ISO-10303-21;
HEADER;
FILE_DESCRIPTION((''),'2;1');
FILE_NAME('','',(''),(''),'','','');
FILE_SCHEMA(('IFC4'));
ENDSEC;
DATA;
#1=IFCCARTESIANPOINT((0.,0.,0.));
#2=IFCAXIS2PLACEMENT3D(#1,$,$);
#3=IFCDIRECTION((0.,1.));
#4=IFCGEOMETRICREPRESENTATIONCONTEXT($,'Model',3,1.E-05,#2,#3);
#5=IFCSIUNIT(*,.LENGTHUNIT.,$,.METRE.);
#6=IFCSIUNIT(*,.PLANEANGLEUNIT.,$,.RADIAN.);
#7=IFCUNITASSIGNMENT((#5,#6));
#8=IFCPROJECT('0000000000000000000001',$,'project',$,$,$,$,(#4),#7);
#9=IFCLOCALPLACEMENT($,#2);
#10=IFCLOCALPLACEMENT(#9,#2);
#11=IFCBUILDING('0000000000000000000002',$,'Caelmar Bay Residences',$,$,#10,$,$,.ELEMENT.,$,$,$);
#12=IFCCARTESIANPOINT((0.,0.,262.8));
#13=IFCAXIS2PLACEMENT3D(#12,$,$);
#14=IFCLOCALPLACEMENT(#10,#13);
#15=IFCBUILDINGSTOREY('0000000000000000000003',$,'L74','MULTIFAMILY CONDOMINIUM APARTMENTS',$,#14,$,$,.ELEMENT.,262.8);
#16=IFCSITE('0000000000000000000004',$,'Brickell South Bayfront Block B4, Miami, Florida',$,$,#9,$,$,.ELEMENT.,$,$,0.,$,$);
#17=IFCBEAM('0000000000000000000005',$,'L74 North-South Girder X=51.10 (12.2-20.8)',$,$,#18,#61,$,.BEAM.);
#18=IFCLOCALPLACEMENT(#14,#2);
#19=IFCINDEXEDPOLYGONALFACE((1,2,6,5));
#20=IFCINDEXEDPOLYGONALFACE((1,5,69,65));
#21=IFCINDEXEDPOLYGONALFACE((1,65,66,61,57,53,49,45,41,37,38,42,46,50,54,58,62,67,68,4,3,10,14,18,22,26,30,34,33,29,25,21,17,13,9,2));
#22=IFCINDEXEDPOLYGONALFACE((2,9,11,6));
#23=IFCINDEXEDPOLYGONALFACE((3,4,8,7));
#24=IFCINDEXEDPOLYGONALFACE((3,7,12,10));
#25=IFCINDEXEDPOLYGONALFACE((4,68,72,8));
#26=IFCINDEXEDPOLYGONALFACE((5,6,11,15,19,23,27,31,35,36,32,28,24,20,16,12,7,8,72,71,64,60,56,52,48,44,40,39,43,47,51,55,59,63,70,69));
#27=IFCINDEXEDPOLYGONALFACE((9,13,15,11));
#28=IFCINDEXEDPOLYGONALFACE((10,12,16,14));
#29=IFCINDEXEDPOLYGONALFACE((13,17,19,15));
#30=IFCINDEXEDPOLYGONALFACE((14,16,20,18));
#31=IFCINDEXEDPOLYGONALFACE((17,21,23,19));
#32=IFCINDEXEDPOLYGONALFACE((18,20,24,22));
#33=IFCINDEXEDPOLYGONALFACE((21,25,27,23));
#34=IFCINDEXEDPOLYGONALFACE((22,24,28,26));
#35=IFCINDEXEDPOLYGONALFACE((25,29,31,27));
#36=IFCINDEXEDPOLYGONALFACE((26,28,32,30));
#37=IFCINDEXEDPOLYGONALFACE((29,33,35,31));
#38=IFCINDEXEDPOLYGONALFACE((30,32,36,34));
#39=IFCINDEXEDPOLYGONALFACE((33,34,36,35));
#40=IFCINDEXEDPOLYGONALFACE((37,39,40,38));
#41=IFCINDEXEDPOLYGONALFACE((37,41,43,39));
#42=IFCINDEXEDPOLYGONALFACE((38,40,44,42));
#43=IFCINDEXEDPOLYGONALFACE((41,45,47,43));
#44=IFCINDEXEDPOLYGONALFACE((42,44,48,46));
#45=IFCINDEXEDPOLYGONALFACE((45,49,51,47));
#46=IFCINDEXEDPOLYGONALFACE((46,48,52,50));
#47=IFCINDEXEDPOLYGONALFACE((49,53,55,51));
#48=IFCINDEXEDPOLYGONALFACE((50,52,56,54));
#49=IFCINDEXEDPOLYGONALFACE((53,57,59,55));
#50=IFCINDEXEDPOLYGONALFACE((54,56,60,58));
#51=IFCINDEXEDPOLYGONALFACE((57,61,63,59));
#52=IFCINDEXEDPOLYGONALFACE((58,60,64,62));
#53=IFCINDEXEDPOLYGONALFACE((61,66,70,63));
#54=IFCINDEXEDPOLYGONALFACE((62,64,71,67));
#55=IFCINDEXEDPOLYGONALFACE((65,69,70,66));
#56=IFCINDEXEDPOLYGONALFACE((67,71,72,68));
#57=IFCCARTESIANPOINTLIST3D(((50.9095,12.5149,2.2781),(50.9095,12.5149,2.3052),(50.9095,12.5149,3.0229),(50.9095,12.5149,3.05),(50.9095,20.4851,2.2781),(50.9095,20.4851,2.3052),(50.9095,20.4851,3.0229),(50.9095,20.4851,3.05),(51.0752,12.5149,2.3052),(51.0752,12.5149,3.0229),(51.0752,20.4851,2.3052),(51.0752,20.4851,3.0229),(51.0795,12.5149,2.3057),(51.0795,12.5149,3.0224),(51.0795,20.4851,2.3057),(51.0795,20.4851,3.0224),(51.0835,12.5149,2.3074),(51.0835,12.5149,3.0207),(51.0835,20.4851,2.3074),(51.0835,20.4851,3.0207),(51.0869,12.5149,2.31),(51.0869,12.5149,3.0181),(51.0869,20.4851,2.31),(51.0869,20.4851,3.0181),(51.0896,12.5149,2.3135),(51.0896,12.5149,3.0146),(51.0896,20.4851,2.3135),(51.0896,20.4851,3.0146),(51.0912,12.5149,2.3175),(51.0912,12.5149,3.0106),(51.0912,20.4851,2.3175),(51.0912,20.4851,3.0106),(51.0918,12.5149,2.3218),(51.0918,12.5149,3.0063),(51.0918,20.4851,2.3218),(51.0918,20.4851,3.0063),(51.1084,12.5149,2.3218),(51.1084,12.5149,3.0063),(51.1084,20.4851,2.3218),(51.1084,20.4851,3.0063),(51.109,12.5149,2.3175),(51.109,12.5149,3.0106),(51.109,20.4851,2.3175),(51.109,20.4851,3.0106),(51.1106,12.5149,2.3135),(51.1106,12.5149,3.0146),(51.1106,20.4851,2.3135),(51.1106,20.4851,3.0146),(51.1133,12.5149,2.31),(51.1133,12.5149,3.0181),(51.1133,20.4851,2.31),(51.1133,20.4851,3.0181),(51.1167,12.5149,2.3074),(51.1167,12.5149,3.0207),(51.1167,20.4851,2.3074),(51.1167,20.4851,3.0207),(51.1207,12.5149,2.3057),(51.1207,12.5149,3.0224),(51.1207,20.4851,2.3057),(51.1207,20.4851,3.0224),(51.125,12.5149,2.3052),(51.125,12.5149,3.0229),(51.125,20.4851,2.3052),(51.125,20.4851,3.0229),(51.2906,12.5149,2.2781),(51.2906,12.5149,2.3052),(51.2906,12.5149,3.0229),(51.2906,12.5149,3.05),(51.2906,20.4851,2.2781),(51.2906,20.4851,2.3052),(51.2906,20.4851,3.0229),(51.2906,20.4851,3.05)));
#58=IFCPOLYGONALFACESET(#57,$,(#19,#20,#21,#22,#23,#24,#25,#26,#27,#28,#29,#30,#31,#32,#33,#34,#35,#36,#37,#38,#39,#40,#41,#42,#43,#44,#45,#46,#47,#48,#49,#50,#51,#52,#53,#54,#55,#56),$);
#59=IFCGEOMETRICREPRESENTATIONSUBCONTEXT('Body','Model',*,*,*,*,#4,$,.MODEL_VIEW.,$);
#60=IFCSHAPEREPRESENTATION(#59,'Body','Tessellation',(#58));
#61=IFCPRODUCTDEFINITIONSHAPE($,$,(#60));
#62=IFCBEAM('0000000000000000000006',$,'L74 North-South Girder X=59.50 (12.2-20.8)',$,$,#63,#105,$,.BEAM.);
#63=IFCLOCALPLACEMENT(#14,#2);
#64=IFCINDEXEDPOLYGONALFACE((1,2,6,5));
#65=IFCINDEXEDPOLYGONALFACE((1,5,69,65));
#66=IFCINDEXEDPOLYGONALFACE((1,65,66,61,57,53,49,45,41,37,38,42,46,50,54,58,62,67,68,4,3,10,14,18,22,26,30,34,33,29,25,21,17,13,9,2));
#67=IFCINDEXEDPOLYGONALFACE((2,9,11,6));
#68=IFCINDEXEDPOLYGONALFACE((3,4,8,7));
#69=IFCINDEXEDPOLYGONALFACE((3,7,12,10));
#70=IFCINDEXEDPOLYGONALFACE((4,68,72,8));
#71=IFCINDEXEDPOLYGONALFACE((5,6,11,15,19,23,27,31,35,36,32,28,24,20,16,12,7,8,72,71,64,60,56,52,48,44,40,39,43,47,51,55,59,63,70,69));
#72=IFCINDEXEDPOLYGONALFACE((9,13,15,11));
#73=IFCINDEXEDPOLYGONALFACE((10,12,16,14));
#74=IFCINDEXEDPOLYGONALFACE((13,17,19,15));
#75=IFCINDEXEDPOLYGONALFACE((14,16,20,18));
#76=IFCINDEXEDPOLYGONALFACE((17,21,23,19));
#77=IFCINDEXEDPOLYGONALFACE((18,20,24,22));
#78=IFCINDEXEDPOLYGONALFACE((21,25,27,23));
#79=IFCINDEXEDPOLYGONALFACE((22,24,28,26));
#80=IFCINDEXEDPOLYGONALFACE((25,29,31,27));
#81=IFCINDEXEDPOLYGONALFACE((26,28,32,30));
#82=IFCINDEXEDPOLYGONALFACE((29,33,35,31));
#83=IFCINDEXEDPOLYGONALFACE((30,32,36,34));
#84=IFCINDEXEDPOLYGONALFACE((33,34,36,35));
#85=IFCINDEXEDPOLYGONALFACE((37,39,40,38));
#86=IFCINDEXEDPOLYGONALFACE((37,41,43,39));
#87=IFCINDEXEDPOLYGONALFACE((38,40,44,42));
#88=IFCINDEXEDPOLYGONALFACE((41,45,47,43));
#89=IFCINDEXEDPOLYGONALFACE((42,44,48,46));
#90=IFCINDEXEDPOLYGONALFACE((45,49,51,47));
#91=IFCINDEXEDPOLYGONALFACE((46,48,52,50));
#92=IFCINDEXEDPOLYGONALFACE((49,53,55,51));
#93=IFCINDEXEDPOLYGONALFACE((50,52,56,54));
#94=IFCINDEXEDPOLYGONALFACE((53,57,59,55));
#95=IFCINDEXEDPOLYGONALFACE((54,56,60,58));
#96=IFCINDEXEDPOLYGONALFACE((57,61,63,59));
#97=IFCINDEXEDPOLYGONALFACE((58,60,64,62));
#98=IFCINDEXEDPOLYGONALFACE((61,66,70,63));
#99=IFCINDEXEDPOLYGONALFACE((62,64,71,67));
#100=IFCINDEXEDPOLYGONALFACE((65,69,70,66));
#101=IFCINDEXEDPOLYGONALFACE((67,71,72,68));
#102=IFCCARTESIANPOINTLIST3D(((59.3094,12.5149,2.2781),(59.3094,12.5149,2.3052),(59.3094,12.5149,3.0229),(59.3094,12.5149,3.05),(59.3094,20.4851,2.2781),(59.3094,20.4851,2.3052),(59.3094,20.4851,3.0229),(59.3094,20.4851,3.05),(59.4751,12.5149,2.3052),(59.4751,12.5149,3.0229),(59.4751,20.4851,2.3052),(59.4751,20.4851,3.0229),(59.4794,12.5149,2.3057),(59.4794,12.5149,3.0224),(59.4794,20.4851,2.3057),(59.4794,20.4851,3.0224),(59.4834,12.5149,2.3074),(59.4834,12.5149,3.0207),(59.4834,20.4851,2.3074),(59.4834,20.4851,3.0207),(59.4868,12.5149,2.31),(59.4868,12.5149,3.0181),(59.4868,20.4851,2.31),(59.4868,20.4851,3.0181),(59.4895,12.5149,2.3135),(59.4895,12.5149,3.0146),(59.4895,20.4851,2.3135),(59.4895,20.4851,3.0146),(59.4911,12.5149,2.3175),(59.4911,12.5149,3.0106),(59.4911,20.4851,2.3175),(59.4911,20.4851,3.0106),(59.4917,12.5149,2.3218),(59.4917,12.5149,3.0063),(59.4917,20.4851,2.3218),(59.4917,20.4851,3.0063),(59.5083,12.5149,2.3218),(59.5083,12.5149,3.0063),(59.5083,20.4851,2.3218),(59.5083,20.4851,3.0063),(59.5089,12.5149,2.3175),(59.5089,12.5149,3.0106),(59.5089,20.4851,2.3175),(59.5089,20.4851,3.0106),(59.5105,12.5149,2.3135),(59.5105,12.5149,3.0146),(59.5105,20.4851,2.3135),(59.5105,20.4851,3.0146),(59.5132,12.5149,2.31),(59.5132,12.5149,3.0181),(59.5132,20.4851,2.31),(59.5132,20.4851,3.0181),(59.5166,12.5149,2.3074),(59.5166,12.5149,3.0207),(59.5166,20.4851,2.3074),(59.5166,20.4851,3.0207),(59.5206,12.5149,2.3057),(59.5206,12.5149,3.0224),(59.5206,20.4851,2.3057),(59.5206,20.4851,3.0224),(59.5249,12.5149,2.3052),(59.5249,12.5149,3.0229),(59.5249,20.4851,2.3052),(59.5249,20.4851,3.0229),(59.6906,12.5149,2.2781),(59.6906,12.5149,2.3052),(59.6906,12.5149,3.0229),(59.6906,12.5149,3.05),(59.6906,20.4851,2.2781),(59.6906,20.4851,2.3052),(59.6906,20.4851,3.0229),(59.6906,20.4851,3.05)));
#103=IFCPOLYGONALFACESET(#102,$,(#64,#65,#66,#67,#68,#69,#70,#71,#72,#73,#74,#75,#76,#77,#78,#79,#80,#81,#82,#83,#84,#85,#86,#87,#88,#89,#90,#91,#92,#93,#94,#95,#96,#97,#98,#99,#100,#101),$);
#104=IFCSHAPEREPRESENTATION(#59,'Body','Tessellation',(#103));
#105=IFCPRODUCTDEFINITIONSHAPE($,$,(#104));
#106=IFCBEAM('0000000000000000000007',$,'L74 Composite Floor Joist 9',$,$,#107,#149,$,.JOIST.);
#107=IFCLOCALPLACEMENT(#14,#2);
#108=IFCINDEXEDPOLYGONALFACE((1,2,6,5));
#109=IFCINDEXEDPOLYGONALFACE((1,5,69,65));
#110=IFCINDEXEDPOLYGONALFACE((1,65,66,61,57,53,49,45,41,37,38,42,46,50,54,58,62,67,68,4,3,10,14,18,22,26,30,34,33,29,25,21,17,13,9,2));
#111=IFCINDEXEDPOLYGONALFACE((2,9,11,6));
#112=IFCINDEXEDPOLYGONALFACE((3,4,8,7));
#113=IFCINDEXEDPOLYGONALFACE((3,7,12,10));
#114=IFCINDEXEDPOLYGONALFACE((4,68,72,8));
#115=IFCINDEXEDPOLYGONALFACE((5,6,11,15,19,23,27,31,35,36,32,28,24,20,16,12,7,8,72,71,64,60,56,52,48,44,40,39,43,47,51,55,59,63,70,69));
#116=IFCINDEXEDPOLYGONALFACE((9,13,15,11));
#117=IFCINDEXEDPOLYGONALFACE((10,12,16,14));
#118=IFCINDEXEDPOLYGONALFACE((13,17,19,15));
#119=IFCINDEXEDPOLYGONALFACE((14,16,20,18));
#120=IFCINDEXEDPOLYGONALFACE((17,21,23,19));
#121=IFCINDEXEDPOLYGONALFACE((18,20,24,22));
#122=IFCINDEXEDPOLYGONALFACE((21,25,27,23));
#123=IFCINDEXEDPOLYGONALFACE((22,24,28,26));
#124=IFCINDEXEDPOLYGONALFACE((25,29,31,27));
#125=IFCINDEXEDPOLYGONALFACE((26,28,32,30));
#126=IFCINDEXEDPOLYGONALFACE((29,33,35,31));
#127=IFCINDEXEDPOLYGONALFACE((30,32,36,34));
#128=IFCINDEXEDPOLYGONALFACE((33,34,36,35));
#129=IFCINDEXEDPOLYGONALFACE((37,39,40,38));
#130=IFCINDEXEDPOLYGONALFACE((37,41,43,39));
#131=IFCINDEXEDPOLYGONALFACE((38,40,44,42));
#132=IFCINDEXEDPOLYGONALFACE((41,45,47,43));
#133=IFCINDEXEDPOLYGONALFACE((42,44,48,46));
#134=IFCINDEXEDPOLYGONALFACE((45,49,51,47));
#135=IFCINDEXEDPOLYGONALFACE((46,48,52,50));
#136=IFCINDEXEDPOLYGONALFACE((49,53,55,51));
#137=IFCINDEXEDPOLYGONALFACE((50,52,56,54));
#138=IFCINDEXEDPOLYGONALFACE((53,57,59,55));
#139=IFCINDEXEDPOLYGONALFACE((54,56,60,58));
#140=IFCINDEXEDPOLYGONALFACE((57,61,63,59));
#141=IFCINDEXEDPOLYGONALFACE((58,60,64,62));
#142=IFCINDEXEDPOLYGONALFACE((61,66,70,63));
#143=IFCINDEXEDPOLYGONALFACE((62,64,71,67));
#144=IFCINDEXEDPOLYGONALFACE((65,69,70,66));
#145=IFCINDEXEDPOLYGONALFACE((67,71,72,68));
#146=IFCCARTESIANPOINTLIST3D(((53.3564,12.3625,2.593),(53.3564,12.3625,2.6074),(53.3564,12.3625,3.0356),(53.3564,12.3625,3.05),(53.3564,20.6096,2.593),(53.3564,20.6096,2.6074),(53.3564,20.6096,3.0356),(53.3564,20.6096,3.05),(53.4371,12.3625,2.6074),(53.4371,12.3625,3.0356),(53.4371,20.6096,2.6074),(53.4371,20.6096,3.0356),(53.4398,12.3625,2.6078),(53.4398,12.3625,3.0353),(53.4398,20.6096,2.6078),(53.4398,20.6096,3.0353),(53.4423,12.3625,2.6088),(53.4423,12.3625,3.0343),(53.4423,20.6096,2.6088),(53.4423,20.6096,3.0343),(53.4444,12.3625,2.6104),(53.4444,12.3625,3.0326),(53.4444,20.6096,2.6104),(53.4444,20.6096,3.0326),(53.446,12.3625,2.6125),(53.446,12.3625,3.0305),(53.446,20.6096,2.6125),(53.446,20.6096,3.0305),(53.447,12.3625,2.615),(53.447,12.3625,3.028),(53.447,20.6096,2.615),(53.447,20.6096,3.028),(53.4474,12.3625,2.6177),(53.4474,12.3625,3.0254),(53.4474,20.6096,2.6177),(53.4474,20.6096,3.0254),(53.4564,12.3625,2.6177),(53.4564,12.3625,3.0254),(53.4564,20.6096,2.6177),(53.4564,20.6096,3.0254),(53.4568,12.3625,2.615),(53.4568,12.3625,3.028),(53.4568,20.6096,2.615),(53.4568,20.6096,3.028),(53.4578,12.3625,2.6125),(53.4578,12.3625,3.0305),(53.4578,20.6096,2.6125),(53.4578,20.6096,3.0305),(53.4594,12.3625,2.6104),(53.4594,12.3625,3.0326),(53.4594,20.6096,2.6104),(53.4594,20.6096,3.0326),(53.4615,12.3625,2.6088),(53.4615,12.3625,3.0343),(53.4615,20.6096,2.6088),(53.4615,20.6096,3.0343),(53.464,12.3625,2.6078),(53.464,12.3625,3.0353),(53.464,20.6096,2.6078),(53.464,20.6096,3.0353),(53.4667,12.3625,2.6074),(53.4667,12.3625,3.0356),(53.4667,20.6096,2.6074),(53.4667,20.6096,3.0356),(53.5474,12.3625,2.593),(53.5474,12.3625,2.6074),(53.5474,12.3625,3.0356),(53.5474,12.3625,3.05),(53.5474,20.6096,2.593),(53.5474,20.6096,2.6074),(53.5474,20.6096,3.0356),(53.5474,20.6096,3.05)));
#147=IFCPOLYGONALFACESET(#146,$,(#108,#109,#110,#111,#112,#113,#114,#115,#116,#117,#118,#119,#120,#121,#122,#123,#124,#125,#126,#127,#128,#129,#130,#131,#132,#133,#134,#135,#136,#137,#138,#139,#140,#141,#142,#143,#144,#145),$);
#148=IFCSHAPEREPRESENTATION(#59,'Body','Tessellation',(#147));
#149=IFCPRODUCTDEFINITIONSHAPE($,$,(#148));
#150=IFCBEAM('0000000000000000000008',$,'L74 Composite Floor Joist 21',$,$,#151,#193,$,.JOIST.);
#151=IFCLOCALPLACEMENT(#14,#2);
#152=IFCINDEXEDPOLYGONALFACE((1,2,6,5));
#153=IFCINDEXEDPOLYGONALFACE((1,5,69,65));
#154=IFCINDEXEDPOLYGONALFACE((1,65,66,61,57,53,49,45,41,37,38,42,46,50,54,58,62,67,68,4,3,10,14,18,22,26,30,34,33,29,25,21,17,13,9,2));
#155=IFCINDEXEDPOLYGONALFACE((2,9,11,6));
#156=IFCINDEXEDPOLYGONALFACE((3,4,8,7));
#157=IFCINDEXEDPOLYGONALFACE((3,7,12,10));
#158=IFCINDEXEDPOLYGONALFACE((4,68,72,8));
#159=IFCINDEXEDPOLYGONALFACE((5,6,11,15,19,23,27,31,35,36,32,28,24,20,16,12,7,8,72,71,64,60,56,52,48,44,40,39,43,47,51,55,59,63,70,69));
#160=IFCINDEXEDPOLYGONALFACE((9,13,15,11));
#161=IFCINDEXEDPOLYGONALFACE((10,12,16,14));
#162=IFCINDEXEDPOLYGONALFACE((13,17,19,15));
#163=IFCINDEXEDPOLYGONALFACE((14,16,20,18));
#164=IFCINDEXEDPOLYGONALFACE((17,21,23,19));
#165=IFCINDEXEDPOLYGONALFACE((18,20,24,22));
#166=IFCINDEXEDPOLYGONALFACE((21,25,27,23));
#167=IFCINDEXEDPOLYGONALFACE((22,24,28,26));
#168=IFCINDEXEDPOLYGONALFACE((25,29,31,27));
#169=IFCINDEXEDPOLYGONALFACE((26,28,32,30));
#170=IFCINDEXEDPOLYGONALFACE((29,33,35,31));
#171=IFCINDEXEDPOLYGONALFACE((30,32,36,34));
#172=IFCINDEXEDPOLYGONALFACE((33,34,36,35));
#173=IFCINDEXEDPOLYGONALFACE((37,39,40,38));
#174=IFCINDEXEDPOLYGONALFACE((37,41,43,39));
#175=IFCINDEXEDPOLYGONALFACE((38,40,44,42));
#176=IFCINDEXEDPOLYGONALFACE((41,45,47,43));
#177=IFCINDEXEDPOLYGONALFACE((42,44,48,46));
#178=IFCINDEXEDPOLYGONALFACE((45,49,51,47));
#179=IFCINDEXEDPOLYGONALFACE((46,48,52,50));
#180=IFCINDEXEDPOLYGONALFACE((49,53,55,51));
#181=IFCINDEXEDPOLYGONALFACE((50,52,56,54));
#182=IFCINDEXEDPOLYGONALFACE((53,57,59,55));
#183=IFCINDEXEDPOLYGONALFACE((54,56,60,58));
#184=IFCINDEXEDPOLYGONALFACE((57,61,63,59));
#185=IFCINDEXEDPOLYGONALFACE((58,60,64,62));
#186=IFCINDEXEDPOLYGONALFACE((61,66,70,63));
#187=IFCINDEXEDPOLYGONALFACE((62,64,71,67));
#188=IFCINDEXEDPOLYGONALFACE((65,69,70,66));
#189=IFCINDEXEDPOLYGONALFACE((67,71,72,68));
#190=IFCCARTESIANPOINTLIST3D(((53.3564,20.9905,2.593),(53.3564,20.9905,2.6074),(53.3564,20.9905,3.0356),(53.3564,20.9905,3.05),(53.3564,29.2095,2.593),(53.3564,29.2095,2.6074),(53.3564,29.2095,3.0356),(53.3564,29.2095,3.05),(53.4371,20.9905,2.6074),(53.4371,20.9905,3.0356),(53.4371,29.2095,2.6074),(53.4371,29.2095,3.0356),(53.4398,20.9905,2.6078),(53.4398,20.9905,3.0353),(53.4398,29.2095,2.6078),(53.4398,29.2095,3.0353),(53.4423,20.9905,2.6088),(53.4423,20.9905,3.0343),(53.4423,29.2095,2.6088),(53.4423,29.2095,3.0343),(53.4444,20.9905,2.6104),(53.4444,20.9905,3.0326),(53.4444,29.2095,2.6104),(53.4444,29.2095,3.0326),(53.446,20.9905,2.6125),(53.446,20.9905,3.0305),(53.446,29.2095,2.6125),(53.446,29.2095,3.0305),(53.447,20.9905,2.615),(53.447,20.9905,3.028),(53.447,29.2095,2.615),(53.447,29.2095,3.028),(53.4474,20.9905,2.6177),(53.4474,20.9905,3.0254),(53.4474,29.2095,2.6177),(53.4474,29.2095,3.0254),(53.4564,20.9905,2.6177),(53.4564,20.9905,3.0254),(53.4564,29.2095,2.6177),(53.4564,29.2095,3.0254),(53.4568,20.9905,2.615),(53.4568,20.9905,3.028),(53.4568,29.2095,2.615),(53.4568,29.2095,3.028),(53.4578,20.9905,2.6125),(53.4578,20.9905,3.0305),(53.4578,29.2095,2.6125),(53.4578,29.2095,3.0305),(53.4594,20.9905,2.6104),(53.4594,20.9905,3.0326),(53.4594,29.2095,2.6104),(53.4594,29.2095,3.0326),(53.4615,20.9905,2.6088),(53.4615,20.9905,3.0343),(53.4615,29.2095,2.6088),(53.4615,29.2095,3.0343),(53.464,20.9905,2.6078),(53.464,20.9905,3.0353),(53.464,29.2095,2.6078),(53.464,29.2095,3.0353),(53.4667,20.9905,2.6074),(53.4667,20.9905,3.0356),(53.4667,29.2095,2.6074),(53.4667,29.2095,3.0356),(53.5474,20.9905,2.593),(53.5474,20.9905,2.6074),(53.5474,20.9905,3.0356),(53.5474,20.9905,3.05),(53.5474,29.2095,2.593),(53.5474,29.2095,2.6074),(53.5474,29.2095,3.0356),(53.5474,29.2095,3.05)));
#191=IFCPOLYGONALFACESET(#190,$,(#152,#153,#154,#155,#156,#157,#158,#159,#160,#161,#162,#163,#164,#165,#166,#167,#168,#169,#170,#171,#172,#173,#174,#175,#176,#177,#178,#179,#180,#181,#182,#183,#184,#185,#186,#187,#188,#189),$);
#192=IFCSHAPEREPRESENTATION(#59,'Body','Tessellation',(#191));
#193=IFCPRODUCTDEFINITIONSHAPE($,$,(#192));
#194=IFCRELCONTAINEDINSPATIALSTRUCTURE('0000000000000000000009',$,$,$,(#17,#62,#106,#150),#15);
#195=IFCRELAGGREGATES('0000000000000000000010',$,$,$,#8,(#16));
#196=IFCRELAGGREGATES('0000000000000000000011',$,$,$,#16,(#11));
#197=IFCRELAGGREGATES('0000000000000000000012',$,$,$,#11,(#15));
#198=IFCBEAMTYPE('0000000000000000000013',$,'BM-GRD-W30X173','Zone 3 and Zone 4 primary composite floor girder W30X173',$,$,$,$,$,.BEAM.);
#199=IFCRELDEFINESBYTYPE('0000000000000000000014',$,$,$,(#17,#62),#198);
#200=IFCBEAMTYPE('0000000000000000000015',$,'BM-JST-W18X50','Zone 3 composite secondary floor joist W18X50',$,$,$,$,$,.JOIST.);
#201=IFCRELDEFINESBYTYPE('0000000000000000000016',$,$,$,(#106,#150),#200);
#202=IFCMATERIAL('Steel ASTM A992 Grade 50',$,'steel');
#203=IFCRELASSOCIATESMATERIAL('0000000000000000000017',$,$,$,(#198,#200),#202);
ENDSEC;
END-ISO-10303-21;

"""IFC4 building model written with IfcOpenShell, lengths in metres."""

from ifc_helpers import new_model, si_unit, direction, frame, origin, origin_2d, place, context, subcontext, project, spatial, i_section, extrude, material, material_profile, profile_set, type_object, element, save


model = new_model("IFC4")

# Units and contexts
model_context = context("Model", 3, precision=1e-05, world=origin(), true_north=direction((0.0, 1.0)))
body_context = subcontext(model_context, "Body", "Model", "MODEL_VIEW")
ifc_project = project(units=[si_unit("LENGTHUNIT", "METRE"), si_unit("PLANEANGLEUNIT", "RADIAN")], contexts=[model_context])

# Site, building, storey
site_placement = place(None, origin())
site = spatial("IfcSite", under=ifc_project, at=site_placement, Name="Brickell South Bayfront Block B4, Miami, Florida", CompositionType="ELEMENT", RefElevation=0.0)
building_placement = place(site_placement, origin())
building = spatial("IfcBuilding", under=site, at=building_placement, Name="Caelmar Bay Residences", CompositionType="ELEMENT")
storey_placement = place(building_placement, frame((0.0, 0.0, 262.8)))
storey = spatial("IfcBuildingStorey", under=building, at=storey_placement, Name="L74", Description="MULTIFAMILY CONDOMINIUM APARTMENTS", CompositionType="ELEMENT", Elevation=262.8)

# Beams
ifc_material_1 = material(Name="Steel ASTM A992 Grade 50", Category="steel")
ifc_material_profile_1 = material_profile(ifc_material_1, i_section(OverallWidth=0.3811, OverallDepth=0.772, WebThickness=0.0166, FlangeThickness=0.0271, FilletRadius=0.0166, at=origin_2d()), Name="W30X173")
ifc_profile_set_1 = profile_set([ifc_material_profile_1], Name="Steel ASTM A992 Grade 50")
beam_type_1 = type_object("IfcBeamType", Name="BM-GRD-W30X173", Description="Zone 3 and Zone 4 primary composite floor girder W30X173", PredefinedType="BEAM", material=ifc_profile_set_1)
for number, where, z_axis, x_axis, name in (
    (1, (51.1001, 12.5149, 2.6641), (0.0, 1.0, 0.0), (-1.0, 0.0, 0.0), "L74 North-South Girder X=51.10 (12.2-20.8)"),
    (2, (59.5, 12.5149, 2.6641), (0.0, 1.0, 0.0), (-1.0, 0.0, 0.0), "L74 North-South Girder X=59.50 (12.2-20.8)"),
):
    element("IfcBeam", number, at=place(storey_placement, frame(where, z_axis=z_axis, x_axis=x_axis)), inside=storey, type_object=beam_type_1, Name=name, PredefinedType="BEAM", context=body_context, shape_type="SweptSolid", body=[
        extrude(i_section(OverallWidth=0.3811, OverallDepth=0.772, WebThickness=0.0166, FlangeThickness=0.0271, FilletRadius=0.0166, at=origin_2d()), origin(), (0.0, 0.0, 1.0), 7.9702),
    ])
ifc_material_profile_2 = material_profile(ifc_material_1, i_section(OverallWidth=0.1909, OverallDepth=0.457, WebThickness=0.009, FlangeThickness=0.0144, FilletRadius=0.0103, at=origin_2d()), Name="W18X50")
ifc_profile_set_2 = profile_set([ifc_material_profile_2], Name="Steel ASTM A992 Grade 50")
beam_type_2 = type_object("IfcBeamType", Name="BM-JST-W18X50", Description="Zone 3 composite secondary floor joist W18X50", PredefinedType="JOIST", material=ifc_profile_set_2)
beam_1_placement = place(storey_placement, frame((53.4519, 12.3625, 2.8215), z_axis=(0.0, 1.0, 0.0), x_axis=(-1.0, 0.0, 0.0)))
element("IfcBeam", 3, at=beam_1_placement, inside=storey, type_object=beam_type_2, Name="L74 Composite Floor Joist 9", PredefinedType="JOIST", context=body_context, shape_type="SweptSolid", body=[
    extrude(i_section(OverallWidth=0.1909, OverallDepth=0.457, WebThickness=0.009, FlangeThickness=0.0144, FilletRadius=0.0103, at=origin_2d()), origin(), (0.0, 0.0, 1.0), 8.2471),
])
beam_2_placement = place(storey_placement, frame((53.4519, 20.9905, 2.8215), z_axis=(0.0, 1.0, 0.0), x_axis=(-1.0, 0.0, 0.0)))
element("IfcBeam", 4, at=beam_2_placement, inside=storey, type_object=beam_type_2, Name="L74 Composite Floor Joist 21", PredefinedType="JOIST", context=body_context, shape_type="SweptSolid", body=[
    extrude(i_section(OverallWidth=0.1909, OverallDepth=0.457, WebThickness=0.009, FlangeThickness=0.0144, FilletRadius=0.0103, at=origin_2d()), origin(), (0.0, 0.0, 1.0), 8.219),
])

save(model, "model.ifc")
